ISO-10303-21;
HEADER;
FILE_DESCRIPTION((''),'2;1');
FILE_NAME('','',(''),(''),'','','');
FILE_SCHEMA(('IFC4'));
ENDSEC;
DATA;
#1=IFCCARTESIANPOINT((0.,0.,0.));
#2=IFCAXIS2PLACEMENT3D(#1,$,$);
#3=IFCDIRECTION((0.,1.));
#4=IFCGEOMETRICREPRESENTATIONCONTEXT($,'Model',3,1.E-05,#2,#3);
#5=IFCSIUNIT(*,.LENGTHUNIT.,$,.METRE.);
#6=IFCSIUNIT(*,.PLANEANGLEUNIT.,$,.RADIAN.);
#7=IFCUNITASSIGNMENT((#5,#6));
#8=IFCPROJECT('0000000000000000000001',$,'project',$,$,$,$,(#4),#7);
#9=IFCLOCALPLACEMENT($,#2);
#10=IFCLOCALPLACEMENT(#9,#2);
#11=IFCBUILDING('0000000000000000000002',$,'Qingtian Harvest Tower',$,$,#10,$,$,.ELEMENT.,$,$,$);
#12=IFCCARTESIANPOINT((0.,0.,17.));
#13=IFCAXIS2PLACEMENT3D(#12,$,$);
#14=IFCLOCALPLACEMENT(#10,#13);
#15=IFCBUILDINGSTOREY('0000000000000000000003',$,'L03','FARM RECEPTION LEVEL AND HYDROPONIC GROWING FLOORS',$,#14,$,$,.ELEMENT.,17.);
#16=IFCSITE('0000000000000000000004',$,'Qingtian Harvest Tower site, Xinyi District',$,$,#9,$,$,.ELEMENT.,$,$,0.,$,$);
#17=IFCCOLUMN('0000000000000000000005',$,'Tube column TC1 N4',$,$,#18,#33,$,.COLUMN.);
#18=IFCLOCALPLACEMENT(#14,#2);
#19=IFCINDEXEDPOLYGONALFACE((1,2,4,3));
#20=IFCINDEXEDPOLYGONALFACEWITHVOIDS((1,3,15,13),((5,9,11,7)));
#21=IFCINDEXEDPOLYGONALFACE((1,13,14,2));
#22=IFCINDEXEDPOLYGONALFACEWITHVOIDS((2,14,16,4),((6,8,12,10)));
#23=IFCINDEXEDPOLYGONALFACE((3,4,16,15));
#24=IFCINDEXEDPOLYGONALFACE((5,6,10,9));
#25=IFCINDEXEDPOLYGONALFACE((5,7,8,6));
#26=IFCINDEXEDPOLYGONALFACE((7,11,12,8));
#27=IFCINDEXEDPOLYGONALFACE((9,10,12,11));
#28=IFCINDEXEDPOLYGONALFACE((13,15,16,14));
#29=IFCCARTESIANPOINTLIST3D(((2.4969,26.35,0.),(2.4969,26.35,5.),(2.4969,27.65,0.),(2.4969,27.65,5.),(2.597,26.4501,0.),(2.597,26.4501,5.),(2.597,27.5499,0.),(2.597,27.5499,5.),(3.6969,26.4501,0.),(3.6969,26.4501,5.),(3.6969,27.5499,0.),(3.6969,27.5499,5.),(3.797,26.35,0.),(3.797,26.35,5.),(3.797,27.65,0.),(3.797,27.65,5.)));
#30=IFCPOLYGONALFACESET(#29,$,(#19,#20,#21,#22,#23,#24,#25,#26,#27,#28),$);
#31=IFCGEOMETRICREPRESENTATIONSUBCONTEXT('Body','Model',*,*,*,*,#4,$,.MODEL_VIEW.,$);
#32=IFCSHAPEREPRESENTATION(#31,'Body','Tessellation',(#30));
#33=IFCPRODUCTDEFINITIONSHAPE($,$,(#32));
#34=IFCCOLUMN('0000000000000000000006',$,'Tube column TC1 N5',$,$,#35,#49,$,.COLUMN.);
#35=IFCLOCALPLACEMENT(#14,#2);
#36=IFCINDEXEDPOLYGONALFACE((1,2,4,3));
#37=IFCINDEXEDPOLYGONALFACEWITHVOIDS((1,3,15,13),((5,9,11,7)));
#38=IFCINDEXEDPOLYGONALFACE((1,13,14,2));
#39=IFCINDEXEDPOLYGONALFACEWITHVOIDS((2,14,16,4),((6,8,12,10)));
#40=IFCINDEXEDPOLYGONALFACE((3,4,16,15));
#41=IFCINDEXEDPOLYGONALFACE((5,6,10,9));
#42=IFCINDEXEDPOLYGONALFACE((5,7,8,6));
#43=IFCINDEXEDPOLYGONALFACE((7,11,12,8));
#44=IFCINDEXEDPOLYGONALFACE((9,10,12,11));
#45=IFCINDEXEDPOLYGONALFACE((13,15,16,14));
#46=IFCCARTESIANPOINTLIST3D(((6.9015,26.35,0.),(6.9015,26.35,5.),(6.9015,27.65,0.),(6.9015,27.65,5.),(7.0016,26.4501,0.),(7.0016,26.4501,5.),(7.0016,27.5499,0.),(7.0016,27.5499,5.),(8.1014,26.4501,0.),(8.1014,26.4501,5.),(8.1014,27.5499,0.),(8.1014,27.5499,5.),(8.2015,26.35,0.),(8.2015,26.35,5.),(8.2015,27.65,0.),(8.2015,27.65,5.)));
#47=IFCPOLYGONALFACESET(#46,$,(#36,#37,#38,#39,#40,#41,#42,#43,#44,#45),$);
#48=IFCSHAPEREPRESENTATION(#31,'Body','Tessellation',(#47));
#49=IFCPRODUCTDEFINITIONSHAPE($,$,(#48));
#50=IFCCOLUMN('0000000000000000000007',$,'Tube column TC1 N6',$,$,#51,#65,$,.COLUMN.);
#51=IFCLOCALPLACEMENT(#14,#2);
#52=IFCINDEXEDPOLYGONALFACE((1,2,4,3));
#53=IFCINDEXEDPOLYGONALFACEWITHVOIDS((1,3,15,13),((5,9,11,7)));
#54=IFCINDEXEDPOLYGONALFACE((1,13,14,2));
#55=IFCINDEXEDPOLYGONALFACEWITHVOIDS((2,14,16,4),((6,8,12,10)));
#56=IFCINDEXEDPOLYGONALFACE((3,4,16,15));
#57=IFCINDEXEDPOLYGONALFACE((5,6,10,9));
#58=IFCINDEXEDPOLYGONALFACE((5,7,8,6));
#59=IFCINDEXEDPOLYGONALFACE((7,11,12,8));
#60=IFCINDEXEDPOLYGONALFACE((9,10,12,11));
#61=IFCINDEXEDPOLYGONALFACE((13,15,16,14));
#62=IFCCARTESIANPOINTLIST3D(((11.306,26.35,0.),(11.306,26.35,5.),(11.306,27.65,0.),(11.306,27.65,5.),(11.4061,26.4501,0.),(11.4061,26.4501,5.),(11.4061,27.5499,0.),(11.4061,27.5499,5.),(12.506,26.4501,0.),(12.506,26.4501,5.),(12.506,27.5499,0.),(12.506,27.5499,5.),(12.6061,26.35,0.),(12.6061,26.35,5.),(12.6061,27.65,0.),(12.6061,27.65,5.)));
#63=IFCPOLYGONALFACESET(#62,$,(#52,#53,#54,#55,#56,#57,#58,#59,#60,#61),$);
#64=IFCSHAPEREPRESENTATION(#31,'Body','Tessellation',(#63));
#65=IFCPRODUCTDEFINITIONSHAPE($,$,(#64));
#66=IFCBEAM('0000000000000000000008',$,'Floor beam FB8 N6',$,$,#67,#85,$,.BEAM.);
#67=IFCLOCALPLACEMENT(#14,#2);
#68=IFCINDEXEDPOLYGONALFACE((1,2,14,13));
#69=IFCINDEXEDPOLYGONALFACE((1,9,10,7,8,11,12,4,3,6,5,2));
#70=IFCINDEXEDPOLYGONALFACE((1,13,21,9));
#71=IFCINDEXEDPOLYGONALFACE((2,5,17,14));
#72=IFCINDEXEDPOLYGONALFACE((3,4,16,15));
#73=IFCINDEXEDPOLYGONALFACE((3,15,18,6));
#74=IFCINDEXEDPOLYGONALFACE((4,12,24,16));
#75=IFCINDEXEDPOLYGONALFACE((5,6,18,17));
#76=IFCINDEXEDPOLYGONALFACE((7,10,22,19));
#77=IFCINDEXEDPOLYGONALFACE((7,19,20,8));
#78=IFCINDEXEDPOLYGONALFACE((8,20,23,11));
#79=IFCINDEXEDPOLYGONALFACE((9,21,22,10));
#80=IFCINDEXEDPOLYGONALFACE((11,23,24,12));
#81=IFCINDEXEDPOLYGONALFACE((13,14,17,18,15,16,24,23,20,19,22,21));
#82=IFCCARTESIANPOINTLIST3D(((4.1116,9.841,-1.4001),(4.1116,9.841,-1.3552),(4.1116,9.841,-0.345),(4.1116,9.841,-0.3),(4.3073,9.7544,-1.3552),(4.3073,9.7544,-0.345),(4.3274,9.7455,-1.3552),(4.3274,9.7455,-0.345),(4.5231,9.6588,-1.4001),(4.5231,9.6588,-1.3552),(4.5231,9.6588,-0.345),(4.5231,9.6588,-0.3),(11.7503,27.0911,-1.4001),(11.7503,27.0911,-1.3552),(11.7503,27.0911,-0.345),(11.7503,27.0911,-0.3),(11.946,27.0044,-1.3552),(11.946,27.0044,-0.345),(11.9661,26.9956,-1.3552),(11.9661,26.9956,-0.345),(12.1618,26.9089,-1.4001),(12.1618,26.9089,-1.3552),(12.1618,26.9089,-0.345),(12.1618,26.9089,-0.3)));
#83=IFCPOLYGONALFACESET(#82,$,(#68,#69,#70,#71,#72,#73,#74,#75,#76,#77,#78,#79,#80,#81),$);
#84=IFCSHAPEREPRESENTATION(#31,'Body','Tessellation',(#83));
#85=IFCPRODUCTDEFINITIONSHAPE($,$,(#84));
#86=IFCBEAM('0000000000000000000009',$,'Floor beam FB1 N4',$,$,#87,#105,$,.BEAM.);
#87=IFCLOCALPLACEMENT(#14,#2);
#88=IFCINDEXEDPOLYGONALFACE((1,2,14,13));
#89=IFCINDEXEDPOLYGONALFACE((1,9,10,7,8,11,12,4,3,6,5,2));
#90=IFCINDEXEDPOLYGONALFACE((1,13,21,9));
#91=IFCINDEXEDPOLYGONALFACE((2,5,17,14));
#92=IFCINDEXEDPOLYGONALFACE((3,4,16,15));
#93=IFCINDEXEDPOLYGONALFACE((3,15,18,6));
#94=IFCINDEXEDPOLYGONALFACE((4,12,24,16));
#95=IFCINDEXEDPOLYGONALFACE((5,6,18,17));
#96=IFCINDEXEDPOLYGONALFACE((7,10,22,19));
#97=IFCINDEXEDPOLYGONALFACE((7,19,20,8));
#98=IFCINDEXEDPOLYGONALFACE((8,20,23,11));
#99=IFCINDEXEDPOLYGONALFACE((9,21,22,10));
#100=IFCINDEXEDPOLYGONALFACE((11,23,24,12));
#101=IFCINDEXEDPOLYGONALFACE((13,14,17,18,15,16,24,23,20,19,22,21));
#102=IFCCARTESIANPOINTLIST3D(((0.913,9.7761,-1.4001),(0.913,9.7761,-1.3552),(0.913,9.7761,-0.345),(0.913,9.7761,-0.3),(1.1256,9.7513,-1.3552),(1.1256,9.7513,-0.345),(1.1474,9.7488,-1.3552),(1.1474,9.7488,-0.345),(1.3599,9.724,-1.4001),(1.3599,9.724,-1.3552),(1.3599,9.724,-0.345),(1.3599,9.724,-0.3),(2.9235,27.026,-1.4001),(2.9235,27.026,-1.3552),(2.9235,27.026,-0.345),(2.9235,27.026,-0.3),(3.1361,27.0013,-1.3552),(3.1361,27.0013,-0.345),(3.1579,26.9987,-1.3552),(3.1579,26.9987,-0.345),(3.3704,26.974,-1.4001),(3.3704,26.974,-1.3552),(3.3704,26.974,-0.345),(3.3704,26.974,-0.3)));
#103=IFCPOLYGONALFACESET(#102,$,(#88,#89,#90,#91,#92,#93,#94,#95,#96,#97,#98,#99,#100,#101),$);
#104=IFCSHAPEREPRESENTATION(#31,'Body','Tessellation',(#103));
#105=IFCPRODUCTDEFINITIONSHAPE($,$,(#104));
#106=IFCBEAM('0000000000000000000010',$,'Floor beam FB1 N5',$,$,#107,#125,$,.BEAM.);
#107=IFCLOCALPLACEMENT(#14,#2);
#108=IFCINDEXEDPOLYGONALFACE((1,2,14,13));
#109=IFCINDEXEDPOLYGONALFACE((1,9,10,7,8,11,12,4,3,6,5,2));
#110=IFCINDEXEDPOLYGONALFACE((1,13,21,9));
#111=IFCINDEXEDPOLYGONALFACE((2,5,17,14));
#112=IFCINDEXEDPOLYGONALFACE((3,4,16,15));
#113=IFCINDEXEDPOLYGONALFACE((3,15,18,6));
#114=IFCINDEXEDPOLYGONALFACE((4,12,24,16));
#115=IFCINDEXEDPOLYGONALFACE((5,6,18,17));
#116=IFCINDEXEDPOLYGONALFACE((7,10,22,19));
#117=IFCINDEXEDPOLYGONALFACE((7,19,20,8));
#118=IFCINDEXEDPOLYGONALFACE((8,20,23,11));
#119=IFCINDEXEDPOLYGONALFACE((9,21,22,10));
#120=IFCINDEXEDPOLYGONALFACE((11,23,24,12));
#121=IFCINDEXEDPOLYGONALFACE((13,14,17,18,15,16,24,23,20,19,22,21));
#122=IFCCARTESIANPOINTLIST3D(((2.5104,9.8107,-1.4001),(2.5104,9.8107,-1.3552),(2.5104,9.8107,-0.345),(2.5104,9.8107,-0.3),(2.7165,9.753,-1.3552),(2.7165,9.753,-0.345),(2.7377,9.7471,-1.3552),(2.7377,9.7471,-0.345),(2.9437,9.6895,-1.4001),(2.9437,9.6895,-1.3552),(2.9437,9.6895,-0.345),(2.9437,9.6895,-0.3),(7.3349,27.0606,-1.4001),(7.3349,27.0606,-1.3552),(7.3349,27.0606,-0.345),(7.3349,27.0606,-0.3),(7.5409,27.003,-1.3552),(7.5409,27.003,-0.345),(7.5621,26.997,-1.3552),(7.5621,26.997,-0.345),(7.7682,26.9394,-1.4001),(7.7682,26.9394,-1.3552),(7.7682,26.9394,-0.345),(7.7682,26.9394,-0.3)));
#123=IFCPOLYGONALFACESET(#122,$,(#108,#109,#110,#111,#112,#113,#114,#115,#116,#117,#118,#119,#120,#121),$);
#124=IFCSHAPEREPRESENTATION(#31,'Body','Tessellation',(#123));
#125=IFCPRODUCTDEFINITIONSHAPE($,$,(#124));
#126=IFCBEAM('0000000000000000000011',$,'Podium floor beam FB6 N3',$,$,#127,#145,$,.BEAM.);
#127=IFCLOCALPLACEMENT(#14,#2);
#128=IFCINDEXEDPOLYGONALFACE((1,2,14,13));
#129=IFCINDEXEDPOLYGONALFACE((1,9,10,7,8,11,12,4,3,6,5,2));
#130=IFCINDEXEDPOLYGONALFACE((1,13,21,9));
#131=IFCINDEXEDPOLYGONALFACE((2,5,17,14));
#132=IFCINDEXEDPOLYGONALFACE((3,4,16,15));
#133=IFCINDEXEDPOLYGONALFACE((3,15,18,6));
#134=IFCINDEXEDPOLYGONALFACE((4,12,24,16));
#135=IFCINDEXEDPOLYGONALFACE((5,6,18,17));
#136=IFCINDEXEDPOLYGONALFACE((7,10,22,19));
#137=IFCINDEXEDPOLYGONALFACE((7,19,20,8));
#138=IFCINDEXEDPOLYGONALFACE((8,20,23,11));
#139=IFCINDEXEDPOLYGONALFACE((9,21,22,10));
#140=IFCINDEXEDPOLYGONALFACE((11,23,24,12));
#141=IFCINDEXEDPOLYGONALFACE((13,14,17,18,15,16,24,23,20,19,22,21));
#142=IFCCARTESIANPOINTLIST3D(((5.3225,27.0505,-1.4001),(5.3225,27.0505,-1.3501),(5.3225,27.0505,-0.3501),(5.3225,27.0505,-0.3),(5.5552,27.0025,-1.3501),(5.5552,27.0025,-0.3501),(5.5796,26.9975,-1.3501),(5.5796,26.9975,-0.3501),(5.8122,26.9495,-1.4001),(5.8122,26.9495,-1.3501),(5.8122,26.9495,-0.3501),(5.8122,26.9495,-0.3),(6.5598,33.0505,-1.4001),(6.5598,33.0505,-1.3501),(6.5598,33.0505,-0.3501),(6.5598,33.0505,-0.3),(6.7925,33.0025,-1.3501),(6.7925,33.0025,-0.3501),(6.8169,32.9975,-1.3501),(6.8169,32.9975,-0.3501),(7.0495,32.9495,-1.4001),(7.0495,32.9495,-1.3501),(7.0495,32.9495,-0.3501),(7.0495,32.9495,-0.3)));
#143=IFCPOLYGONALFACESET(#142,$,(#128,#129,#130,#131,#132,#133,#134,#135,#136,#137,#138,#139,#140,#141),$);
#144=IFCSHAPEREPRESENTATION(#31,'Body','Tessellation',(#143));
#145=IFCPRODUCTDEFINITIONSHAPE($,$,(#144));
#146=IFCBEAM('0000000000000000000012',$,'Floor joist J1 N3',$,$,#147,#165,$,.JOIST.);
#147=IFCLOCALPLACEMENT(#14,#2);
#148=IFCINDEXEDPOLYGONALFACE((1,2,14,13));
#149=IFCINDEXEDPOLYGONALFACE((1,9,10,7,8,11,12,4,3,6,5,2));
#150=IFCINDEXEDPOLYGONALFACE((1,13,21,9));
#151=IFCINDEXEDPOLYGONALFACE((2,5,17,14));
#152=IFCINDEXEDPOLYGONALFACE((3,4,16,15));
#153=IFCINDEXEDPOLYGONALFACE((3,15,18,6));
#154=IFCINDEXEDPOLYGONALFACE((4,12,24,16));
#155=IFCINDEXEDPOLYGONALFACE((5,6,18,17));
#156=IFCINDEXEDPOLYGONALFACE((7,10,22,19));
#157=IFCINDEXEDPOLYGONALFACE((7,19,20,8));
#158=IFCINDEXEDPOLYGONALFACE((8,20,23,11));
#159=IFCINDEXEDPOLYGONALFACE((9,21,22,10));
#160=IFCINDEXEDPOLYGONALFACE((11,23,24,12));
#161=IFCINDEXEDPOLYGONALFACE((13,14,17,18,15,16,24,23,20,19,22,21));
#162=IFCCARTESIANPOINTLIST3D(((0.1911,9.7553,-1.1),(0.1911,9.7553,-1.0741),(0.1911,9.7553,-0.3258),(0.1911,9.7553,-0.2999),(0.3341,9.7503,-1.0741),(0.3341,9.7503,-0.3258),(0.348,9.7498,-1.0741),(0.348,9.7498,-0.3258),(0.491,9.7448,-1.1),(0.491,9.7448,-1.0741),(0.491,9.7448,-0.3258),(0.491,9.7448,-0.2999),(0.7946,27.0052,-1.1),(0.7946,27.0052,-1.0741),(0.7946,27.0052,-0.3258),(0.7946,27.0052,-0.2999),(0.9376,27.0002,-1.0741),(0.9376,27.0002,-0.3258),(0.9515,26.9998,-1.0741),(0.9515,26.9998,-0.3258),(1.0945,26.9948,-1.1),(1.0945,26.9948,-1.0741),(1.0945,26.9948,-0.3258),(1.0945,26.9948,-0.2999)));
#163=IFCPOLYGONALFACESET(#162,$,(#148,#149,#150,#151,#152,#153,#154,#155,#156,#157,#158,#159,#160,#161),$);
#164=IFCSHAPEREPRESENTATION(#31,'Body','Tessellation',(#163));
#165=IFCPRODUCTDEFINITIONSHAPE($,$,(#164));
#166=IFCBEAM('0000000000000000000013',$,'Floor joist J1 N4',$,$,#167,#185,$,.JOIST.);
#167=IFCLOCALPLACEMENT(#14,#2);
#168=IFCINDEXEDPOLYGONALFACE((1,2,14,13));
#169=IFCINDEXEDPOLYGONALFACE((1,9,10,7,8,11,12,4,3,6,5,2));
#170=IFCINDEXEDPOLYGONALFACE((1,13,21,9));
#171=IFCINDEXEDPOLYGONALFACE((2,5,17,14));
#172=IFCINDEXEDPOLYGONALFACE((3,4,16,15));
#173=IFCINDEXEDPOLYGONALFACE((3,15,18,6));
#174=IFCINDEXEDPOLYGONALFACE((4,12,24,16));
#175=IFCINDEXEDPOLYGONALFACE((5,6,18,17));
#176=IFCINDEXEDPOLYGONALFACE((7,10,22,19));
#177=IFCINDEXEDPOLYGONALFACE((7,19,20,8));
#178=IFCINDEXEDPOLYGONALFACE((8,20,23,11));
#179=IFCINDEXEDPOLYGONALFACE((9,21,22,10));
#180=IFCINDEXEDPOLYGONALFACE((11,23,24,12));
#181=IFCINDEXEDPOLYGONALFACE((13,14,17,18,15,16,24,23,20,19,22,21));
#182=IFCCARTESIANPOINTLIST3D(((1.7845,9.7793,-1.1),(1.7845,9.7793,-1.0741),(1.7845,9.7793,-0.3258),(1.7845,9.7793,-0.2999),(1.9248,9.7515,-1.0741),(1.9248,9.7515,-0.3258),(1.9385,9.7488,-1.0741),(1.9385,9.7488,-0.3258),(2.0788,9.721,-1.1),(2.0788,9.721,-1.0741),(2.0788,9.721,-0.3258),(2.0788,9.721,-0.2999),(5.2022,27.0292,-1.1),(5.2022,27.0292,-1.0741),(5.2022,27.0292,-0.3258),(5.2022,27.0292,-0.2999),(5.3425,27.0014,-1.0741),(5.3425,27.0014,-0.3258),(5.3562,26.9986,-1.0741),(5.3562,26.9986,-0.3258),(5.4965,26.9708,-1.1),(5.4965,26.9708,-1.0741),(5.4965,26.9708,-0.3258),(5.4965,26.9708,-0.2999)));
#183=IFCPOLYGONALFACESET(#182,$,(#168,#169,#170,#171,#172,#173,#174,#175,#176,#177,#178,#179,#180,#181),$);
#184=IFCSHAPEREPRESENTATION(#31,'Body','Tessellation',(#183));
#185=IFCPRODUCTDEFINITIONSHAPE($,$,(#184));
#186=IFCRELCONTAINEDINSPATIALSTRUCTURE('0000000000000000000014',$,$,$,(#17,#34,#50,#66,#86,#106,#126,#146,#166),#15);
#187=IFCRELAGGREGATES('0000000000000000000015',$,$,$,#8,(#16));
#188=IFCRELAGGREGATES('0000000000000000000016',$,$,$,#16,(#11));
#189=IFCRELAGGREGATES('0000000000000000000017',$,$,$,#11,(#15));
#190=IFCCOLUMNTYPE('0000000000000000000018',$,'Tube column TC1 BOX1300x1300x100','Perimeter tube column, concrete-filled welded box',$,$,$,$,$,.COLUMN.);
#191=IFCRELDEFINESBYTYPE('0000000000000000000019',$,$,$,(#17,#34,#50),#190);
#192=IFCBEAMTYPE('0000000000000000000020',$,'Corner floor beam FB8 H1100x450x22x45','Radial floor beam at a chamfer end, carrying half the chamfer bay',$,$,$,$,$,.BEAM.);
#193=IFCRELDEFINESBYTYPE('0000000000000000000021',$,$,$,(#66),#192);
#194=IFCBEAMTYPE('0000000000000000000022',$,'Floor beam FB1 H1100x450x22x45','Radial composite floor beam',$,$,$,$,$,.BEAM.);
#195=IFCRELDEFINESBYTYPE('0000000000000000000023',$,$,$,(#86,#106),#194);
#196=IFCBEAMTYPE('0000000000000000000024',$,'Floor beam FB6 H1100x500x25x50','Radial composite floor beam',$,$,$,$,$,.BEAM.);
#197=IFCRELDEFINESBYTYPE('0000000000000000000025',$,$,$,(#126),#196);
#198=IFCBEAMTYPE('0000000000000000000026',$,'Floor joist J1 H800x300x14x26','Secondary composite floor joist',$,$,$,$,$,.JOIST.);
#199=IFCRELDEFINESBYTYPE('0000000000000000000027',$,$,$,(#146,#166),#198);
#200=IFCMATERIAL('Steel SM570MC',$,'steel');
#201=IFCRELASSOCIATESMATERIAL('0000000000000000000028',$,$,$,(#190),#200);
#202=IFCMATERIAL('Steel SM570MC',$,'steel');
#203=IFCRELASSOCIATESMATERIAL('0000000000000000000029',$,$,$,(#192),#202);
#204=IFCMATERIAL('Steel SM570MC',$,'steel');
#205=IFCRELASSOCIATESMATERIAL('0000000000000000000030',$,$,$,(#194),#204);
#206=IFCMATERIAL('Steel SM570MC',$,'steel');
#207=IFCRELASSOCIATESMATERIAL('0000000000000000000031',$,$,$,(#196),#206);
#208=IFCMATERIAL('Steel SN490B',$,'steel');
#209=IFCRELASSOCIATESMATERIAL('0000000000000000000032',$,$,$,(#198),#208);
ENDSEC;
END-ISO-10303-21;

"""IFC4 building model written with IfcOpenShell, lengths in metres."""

from ifc_helpers import new_model, si_unit, direction, frame, origin, origin_2d, place, context, subcontext, project, spatial, hollow_rectangle, i_section, extrude, material, material_profile, profile_set, type_object, element, save


model = new_model("IFC4")

# Units and contexts
model_context = context("Model", 3, precision=1e-05, world=origin(), true_north=direction((0.0, 1.0)))
body_context = subcontext(model_context, "Body", "Model", "MODEL_VIEW")
ifc_project = project(units=[si_unit("LENGTHUNIT", "METRE"), si_unit("PLANEANGLEUNIT", "RADIAN")], contexts=[model_context])

# Site, building, storey
site_placement = place(None, origin())
site = spatial("IfcSite", under=ifc_project, at=site_placement, Name="Qingtian Harvest Tower site, Xinyi District", CompositionType="ELEMENT", RefElevation=0.0)
building_placement = place(site_placement, origin())
building = spatial("IfcBuilding", under=site, at=building_placement, Name="Qingtian Harvest Tower", CompositionType="ELEMENT")
storey_placement = place(building_placement, frame((0.0, 0.0, 17.0)))
storey = spatial("IfcBuildingStorey", under=building, at=storey_placement, Name="L03", Description="FARM RECEPTION LEVEL AND HYDROPONIC GROWING FLOORS", CompositionType="ELEMENT", Elevation=17.0)

# Columns
ifc_material_1 = material(Name="Steel SM570MC", Category="steel")
ifc_material_profile_1 = material_profile(ifc_material_1, hollow_rectangle(XDim=1.3, YDim=1.3, WallThickness=0.1001, at=origin_2d()), Name="BOX1300x1300x100")
ifc_profile_set_1 = profile_set([ifc_material_profile_1], Name="Steel SM570MC")
column_type = type_object("IfcColumnType", Name="Tube column TC1 BOX1300x1300x100", Description="Perimeter tube column, concrete-filled welded box", PredefinedType="COLUMN", material=ifc_profile_set_1)
for number, where, z_axis, x_axis, name in (
    (1, (3.147, 27.0, 0.0), (0.0, 0.0, 1.0), (-1.0, 0.0, 0.0), "Tube column TC1 N4"),
    (2, (7.5515, 27.0, 0.0), (0.0, 0.0, 1.0), (-1.0, 0.0, 0.0), "Tube column TC1 N5"),
    (3, (11.9561, 27.0, 0.0), (0.0, 0.0, 1.0), (-1.0, 0.0, 0.0), "Tube column TC1 N6"),
):
    element("IfcColumn", number, at=place(storey_placement, frame(where, z_axis=z_axis, x_axis=x_axis)), inside=storey, type_object=column_type, Name=name, PredefinedType="COLUMN", context=body_context, shape_type="SweptSolid", body=[
        extrude(hollow_rectangle(XDim=1.3, YDim=1.3, WallThickness=0.1001, at=origin_2d()), origin(), (0.0, 0.0, 1.0), 5.0),
    ])

# Beams
ifc_material_2 = material(Name="Steel SM570MC", Category="steel")
ifc_material_profile_2 = material_profile(ifc_material_2, i_section(OverallWidth=0.45, OverallDepth=1.1001, WebThickness=0.022, FlangeThickness=0.0449, at=origin_2d()), Name="H1100x450x22x45")
ifc_profile_set_2 = profile_set([ifc_material_profile_2], Name="Steel SM570MC")
beam_type_1 = type_object("IfcBeamType", Name="Corner floor beam FB8 H1100x450x22x45", Description="Radial floor beam at a chamfer end, carrying half the chamfer bay", PredefinedType="BEAM", material=ifc_profile_set_2)
beam_1_placement = place(storey_placement, frame((11.9561, 27.0, -0.8501), z_axis=(-0.404899, -0.914361, 0.0), x_axis=(0.914361, -0.404899, 0.0)))
element("IfcBeam", 4, at=beam_1_placement, inside=storey, type_object=beam_type_1, Name="Floor beam FB8 N6", PredefinedType="BEAM", context=body_context, shape_type="SweptSolid", body=[
    extrude(i_section(OverallWidth=0.45, OverallDepth=1.1001, WebThickness=0.022, FlangeThickness=0.0449, at=origin_2d()), origin(), (0.0, 0.0, 1.0), 18.8657),
])
ifc_material_3 = material(Name="Steel SM570MC", Category="steel")
ifc_material_profile_3 = material_profile(ifc_material_3, i_section(OverallWidth=0.45, OverallDepth=1.1001, WebThickness=0.022, FlangeThickness=0.0449, at=origin_2d()), Name="H1100x450x22x45")
ifc_profile_set_3 = profile_set([ifc_material_profile_3], Name="Steel SM570MC")
beam_type_2 = type_object("IfcBeamType", Name="Floor beam FB1 H1100x450x22x45", Description="Radial composite floor beam", PredefinedType="BEAM", material=ifc_profile_set_3)
beam_2_placement = place(storey_placement, frame((3.147, 27.0, -0.8501), z_axis=(-0.115767, -0.993276, 0.0), x_axis=(0.993276, -0.115767, 0.0)))
element("IfcBeam", 5, at=beam_2_placement, inside=storey, type_object=beam_type_2, Name="Floor beam FB1 N4", PredefinedType="BEAM", context=body_context, shape_type="SweptSolid", body=[
    extrude(i_section(OverallWidth=0.45, OverallDepth=1.1001, WebThickness=0.022, FlangeThickness=0.0449, at=origin_2d()), origin(), (0.0, 0.0, 1.0), 17.3667),
])
beam_3_placement = place(storey_placement, frame((7.5515, 27.0, -0.8501), z_axis=(-0.269343, -0.963044, 0.0), x_axis=(0.963044, -0.269343, 0.0)))
element("IfcBeam", 6, at=beam_3_placement, inside=storey, type_object=beam_type_2, Name="Floor beam FB1 N5", PredefinedType="BEAM", context=body_context, shape_type="SweptSolid", body=[
    extrude(i_section(OverallWidth=0.45, OverallDepth=1.1001, WebThickness=0.022, FlangeThickness=0.0449, at=origin_2d()), origin(), (0.0, 0.0, 1.0), 17.9119),
])
ifc_material_4 = material(Name="Steel SM570MC", Category="steel")
ifc_material_profile_4 = material_profile(ifc_material_4, i_section(OverallWidth=0.5, OverallDepth=1.1001, WebThickness=0.0249, FlangeThickness=0.05, at=origin_2d()), Name="H1100x500x25x50")
ifc_profile_set_4 = profile_set([ifc_material_profile_4], Name="Steel SM570MC")
beam_type_3 = type_object("IfcBeamType", Name="Floor beam FB6 H1100x500x25x50", Description="Radial composite floor beam", PredefinedType="BEAM", material=ifc_profile_set_4)
beam_4_placement = place(storey_placement, frame((6.8047, 33.0, -0.8501), z_axis=(-0.201968, -0.979392, 0.0), x_axis=(0.979392, -0.201968, 0.0)))
element("IfcBeam", 7, at=beam_4_placement, inside=storey, type_object=beam_type_3, Name="Podium floor beam FB6 N3", PredefinedType="BEAM", context=body_context, shape_type="SweptSolid", body=[
    extrude(i_section(OverallWidth=0.5, OverallDepth=1.1001, WebThickness=0.0249, FlangeThickness=0.05, at=origin_2d()), origin(), (0.0, 0.0, 1.0), 6.1262),
])
ifc_material_5 = material(Name="Steel SN490B", Category="steel")
ifc_material_profile_5 = material_profile(ifc_material_5, i_section(OverallWidth=0.3, OverallDepth=0.8, WebThickness=0.0139, FlangeThickness=0.0259, at=origin_2d()), Name="H800x300x14x26")
ifc_profile_set_5 = profile_set([ifc_material_profile_5], Name="Steel SN490B")
beam_type_4 = type_object("IfcBeamType", Name="Floor joist J1 H800x300x14x26", Description="Secondary composite floor joist", PredefinedType="JOIST", material=ifc_profile_set_5)
beam_5_placement = place(storey_placement, frame((0.9446, 27.0, -0.7), z_axis=(-0.034965, -0.999389, 0.0), x_axis=(0.999389, -0.034965, 0.0)))
element("IfcBeam", 8, at=beam_5_placement, inside=storey, type_object=beam_type_4, Name="Floor joist J1 N3", PredefinedType="JOIST", context=body_context, shape_type="SweptSolid", body=[
    extrude(i_section(OverallWidth=0.3, OverallDepth=0.8, WebThickness=0.0139, FlangeThickness=0.0259, at=origin_2d()), origin(), (0.0, 0.0, 1.0), 17.2605),
])
beam_6_placement = place(storey_placement, frame((5.3494, 27.0, -0.7), z_axis=(-0.194351, -0.980932, 0.0), x_axis=(0.980932, -0.194351, 0.0)))
element("IfcBeam", 9, at=beam_6_placement, inside=storey, type_object=beam_type_4, Name="Floor joist J1 N4", PredefinedType="JOIST", context=body_context, shape_type="SweptSolid", body=[
    extrude(i_section(OverallWidth=0.3, OverallDepth=0.8, WebThickness=0.0139, FlangeThickness=0.0259, at=origin_2d()), origin(), (0.0, 0.0, 1.0), 17.5852),
])

save(model, "model.ifc")
